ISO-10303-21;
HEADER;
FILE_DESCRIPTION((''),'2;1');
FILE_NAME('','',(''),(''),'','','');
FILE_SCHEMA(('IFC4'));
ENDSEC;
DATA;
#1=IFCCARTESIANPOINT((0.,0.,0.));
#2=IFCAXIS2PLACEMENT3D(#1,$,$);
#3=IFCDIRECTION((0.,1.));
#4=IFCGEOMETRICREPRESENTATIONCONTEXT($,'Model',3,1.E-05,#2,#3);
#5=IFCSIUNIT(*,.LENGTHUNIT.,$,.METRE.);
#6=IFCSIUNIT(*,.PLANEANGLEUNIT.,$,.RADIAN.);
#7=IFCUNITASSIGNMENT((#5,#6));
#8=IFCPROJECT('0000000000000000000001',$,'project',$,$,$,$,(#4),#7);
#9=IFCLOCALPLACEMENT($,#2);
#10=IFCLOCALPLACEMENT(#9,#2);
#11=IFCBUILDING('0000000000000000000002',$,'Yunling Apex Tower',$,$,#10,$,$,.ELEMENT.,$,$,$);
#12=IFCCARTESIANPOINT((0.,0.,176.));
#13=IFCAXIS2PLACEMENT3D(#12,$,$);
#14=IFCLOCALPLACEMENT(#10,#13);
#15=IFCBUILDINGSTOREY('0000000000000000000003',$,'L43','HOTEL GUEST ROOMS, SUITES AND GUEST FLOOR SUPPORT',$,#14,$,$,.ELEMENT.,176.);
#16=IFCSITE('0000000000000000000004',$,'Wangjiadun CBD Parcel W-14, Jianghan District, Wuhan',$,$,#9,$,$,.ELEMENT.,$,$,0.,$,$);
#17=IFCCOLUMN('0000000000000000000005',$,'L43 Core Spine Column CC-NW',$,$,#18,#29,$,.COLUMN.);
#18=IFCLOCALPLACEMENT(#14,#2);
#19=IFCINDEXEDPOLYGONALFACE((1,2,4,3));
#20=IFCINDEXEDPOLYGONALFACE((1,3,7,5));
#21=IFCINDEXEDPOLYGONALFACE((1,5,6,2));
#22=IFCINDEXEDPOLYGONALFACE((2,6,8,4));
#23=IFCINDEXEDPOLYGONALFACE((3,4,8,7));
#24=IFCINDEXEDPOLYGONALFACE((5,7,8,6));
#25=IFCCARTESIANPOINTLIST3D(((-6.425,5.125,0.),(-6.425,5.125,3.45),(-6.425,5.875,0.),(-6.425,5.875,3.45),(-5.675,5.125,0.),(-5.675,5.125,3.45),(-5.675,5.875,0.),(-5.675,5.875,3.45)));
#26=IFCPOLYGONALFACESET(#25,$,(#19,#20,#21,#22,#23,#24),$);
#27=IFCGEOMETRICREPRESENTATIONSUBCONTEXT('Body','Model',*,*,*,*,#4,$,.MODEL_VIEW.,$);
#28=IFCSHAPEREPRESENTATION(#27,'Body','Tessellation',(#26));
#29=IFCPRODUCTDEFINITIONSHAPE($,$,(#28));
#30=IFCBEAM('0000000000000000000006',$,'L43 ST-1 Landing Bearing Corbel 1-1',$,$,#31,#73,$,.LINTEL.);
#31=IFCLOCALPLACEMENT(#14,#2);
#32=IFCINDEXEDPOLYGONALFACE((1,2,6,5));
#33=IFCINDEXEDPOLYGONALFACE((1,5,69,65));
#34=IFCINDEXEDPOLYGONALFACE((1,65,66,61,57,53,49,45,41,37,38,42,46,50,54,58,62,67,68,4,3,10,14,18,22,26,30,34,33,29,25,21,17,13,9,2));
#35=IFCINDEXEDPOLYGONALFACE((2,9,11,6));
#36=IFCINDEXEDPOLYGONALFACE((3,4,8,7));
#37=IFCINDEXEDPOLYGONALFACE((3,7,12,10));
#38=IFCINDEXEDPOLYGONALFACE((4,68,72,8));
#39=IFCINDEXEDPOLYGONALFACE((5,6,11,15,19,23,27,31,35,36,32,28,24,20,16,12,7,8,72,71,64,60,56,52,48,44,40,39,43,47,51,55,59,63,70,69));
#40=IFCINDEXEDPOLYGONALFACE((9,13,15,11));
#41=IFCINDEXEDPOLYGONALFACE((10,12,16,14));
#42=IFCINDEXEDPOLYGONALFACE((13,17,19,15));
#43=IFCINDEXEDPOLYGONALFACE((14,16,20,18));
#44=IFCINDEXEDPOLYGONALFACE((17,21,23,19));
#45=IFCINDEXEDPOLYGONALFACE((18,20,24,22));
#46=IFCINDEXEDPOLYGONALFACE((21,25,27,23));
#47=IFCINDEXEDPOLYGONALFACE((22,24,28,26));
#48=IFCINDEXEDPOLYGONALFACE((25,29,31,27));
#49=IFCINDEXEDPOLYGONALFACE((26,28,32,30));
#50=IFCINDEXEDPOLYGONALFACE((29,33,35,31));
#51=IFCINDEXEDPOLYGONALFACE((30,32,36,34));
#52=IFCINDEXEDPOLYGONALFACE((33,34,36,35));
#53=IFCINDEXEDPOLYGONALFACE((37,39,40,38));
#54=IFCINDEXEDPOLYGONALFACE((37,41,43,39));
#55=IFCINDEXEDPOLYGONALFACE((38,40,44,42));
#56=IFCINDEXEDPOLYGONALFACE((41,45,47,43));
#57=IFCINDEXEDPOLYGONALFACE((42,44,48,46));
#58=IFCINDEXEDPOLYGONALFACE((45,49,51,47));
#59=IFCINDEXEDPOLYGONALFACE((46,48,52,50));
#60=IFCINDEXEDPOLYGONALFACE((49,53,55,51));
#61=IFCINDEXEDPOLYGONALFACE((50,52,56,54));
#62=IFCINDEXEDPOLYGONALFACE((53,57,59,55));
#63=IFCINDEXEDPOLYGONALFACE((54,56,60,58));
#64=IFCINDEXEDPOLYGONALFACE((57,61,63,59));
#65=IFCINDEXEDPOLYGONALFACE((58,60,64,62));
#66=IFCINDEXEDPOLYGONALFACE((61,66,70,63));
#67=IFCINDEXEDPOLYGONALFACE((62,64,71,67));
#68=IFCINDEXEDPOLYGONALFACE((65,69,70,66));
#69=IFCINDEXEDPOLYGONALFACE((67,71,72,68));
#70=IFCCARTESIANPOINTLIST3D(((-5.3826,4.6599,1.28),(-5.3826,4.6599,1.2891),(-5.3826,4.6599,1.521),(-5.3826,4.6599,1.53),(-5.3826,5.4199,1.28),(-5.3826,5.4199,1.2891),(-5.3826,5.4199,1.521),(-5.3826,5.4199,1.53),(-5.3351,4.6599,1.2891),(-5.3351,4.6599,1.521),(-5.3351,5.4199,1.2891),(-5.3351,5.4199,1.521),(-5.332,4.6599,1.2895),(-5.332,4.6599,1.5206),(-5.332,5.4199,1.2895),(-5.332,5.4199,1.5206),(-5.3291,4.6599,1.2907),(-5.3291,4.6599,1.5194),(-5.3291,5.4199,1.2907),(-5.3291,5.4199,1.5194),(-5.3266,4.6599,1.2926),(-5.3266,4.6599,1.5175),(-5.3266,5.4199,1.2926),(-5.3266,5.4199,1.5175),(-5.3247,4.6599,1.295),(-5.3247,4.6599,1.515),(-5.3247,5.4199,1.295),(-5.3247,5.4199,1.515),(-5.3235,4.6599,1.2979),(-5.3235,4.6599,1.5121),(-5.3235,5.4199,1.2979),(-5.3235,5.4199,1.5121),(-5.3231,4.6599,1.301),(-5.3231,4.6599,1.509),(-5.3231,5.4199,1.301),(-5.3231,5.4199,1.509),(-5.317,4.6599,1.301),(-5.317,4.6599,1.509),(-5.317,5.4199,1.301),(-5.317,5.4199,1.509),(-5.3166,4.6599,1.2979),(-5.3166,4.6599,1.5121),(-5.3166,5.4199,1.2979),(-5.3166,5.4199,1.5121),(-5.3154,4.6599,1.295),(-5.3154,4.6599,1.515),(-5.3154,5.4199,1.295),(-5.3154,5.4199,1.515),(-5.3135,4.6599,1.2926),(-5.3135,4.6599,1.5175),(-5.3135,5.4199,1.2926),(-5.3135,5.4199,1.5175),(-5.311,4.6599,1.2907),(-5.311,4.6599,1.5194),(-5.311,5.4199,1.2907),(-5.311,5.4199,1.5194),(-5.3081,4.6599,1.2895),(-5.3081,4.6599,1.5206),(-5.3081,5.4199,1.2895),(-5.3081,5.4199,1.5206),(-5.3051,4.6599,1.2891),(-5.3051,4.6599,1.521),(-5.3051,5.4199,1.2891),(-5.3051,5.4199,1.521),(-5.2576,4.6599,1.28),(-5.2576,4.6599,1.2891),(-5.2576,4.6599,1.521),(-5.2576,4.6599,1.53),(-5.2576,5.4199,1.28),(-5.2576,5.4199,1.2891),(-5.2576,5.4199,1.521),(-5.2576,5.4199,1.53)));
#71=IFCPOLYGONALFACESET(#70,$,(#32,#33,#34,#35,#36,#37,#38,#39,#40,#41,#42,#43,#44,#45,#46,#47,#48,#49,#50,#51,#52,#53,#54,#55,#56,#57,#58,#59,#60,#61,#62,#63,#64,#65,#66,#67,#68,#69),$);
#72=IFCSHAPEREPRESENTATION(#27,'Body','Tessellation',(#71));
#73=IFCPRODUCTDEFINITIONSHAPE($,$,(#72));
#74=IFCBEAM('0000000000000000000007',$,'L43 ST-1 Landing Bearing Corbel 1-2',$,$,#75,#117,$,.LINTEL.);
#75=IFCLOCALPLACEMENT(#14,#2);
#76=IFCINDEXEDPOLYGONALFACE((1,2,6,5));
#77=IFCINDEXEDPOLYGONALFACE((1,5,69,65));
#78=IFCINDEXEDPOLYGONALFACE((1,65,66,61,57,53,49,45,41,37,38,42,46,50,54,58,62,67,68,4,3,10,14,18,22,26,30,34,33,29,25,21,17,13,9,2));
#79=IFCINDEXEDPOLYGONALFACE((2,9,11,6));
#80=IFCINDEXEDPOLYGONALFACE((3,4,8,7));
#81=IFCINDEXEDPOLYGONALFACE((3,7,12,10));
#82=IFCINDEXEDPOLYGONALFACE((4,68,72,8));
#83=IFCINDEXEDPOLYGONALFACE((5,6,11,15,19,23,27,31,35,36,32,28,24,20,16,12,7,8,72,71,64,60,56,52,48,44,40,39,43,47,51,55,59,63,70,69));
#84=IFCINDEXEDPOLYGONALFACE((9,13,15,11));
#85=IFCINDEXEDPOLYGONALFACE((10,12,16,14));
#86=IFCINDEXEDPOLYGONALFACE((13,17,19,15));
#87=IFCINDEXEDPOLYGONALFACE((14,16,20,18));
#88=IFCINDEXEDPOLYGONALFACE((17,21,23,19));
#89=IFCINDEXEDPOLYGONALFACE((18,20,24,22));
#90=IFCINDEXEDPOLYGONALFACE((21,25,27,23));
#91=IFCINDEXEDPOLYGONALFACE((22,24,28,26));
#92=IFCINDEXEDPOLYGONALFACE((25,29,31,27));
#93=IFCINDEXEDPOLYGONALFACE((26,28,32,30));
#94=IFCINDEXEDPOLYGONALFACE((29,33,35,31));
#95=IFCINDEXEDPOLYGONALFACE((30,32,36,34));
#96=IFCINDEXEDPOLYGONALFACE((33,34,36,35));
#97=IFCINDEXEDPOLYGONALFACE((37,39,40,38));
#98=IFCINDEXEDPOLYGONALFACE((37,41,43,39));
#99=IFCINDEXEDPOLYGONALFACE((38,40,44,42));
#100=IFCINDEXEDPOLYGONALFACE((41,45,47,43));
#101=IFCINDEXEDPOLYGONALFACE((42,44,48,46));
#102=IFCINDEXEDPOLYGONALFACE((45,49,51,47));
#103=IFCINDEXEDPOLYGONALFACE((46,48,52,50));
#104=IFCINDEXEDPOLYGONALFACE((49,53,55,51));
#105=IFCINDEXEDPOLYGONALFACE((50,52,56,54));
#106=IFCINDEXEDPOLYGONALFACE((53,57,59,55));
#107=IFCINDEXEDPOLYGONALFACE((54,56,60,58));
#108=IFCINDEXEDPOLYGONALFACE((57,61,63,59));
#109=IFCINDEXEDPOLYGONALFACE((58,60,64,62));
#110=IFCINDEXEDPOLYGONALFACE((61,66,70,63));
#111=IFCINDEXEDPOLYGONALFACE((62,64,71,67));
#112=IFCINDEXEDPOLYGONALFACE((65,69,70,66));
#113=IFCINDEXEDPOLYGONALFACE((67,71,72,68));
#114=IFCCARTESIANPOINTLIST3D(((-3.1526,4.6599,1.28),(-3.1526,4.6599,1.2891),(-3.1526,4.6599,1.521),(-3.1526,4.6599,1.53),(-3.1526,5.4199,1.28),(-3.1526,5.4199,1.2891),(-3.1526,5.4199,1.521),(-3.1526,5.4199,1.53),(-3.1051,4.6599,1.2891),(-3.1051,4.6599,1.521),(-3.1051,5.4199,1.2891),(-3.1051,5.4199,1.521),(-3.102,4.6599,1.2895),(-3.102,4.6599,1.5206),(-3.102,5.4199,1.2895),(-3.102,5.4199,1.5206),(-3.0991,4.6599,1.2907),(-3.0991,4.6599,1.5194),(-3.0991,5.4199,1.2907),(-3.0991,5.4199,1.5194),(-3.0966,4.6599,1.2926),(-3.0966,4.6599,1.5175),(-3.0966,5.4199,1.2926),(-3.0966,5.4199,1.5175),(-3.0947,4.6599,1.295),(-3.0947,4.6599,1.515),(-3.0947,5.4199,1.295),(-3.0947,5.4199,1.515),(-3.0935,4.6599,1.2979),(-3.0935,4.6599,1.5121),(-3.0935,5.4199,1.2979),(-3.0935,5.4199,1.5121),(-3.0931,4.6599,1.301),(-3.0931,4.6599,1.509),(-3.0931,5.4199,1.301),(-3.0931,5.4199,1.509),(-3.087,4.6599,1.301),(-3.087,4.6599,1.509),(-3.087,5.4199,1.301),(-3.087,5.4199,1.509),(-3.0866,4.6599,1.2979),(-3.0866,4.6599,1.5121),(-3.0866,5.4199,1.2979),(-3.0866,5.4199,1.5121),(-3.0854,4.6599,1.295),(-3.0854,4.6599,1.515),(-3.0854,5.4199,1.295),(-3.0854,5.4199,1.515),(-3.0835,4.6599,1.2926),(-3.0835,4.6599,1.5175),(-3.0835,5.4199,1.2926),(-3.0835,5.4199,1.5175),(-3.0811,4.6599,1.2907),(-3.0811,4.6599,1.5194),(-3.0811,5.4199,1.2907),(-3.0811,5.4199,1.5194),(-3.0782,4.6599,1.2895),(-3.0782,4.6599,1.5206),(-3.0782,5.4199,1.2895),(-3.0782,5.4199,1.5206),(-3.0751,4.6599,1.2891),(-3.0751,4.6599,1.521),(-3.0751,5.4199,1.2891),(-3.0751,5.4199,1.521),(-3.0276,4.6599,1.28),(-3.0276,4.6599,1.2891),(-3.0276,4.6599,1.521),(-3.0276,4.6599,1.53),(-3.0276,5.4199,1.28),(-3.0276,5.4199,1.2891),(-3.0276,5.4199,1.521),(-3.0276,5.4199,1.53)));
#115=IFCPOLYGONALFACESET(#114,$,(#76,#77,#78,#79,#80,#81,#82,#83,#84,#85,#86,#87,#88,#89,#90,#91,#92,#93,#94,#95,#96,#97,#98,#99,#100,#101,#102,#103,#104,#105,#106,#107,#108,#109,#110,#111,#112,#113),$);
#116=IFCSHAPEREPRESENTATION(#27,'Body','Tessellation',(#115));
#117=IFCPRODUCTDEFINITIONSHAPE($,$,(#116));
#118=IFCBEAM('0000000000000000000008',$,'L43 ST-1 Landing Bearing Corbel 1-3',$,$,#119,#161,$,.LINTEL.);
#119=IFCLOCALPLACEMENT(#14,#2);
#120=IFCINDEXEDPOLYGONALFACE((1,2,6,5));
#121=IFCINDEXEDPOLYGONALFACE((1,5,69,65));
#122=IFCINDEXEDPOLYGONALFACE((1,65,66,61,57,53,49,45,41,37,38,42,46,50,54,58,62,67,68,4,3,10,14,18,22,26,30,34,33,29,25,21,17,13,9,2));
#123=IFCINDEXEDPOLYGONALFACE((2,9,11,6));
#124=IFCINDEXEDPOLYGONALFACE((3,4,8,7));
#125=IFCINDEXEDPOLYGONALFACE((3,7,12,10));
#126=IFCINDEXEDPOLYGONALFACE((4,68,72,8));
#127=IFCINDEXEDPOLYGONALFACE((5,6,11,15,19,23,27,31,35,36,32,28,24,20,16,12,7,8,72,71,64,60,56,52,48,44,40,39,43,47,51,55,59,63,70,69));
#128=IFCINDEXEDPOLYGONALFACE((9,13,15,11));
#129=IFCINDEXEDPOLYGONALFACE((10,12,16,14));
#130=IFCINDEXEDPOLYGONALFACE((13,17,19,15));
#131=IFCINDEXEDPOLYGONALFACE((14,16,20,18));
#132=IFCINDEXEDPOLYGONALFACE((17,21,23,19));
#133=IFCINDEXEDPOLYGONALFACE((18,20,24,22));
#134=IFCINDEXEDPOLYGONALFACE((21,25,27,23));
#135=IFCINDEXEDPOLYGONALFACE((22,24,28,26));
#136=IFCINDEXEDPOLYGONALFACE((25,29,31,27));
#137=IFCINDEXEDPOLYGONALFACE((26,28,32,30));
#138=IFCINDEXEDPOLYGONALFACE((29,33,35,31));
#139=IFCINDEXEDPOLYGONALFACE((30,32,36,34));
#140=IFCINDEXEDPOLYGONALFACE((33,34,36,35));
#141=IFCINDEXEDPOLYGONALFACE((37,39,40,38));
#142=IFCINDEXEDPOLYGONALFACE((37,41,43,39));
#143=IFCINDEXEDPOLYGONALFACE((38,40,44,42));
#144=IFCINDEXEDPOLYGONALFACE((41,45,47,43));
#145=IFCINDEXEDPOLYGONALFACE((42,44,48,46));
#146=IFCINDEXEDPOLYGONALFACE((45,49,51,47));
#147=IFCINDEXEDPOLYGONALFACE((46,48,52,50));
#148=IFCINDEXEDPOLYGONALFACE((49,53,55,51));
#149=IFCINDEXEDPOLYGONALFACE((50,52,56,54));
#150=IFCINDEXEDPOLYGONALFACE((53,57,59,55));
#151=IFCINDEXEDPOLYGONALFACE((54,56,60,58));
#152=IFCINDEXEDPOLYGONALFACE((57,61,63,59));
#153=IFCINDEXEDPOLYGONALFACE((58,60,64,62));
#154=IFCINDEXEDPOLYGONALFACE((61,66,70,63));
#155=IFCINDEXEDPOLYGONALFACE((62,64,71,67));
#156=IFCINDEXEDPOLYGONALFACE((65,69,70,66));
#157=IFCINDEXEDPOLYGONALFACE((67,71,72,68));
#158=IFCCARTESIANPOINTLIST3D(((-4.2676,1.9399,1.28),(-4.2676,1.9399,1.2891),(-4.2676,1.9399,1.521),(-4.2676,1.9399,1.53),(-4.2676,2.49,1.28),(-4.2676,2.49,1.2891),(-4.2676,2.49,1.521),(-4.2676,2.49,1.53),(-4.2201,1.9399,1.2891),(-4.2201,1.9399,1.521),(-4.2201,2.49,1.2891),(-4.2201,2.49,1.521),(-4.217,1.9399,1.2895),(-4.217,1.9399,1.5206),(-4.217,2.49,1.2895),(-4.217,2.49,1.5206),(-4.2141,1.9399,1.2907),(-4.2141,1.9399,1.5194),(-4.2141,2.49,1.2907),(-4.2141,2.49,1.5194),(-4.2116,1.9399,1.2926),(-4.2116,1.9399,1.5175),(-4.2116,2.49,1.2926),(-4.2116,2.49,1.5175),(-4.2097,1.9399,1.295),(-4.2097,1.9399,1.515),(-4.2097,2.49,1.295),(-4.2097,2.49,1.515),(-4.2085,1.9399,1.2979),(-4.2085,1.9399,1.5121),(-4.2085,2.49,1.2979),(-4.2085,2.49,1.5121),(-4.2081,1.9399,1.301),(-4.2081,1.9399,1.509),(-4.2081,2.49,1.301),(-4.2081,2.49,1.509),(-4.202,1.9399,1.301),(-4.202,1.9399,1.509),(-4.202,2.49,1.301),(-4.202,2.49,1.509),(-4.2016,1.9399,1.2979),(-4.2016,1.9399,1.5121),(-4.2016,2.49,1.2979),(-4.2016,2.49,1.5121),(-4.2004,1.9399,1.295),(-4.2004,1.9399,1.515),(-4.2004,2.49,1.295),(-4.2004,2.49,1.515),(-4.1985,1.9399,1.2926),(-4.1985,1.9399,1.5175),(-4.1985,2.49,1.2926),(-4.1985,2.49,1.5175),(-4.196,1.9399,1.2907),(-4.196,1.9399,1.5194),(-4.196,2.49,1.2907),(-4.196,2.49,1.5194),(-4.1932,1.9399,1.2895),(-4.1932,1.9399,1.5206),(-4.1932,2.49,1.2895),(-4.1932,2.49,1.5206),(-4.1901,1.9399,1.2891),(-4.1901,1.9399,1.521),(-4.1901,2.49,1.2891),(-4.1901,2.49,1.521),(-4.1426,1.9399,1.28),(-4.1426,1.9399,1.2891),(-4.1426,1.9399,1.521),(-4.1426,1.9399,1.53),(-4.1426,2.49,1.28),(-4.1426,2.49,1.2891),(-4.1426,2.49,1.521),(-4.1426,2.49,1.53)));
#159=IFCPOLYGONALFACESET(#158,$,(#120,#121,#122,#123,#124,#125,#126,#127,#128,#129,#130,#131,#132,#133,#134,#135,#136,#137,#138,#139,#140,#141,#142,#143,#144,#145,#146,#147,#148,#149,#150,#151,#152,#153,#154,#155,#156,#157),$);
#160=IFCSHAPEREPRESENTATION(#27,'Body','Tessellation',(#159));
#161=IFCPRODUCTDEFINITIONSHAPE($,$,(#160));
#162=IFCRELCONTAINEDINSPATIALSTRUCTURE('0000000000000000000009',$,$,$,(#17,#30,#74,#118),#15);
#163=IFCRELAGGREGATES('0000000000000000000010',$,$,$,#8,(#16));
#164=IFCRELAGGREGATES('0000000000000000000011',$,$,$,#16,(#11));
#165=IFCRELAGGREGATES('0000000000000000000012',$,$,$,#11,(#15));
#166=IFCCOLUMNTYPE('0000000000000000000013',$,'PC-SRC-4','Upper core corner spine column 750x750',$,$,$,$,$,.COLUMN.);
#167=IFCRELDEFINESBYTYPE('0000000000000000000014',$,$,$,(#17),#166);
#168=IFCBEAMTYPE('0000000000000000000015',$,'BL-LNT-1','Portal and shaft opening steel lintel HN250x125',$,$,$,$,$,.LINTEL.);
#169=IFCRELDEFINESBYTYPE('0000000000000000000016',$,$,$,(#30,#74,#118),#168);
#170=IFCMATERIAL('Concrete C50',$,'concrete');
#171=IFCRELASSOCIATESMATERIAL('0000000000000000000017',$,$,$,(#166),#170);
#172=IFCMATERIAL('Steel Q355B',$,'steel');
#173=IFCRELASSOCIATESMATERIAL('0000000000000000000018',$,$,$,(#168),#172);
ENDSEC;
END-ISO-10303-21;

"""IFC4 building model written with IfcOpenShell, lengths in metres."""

from ifc_helpers import new_model, si_unit, direction, frame, origin, origin_2d, place, context, subcontext, project, spatial, rectangle, i_section, extrude, source, transform, mapped, material, material_profile, profile_set, type_object, element, save


model = new_model("IFC4")

# Units and contexts
model_context = context("Model", 3, precision=1e-05, world=origin(), true_north=direction((0.0, 1.0)))
body_context = subcontext(model_context, "Body", "Model", "MODEL_VIEW")
ifc_project = project(units=[si_unit("LENGTHUNIT", "METRE"), si_unit("PLANEANGLEUNIT", "RADIAN")], contexts=[model_context])

# Site, building, storey
site_placement = place(None, origin())
site = spatial("IfcSite", under=ifc_project, at=site_placement, Name="Wangjiadun CBD Parcel W-14, Jianghan District, Wuhan", CompositionType="ELEMENT", RefElevation=0.0)
building_placement = place(site_placement, origin())
building = spatial("IfcBuilding", under=site, at=building_placement, Name="Yunling Apex Tower", CompositionType="ELEMENT")
storey_placement = place(building_placement, frame((0.0, 0.0, 176.0)))
storey = spatial("IfcBuildingStorey", under=building, at=storey_placement, Name="L43", Description="HOTEL GUEST ROOMS, SUITES AND GUEST FLOOR SUPPORT", CompositionType="ELEMENT", Elevation=176.0)

# Column
ifc_material_1 = material(Name="Concrete C50", Category="concrete")
ifc_material_profile_1 = material_profile(ifc_material_1, rectangle(XDim=0.75, YDim=0.75, at=origin_2d()))
ifc_profile_set_1 = profile_set([ifc_material_profile_1], Name="Concrete C50")
column_type = type_object("IfcColumnType", Name="PC-SRC-4", Description="Upper core corner spine column 750x750", PredefinedType="COLUMN", material=ifc_profile_set_1)
shared_shape_1 = source(origin(), body_context, "Body", "SweptSolid", [
    extrude(rectangle(XDim=0.75, YDim=0.75, at=origin_2d()), origin(), (0.0, 0.0, 1.0), 3.45),
])
column_placement = place(storey_placement, frame((-6.05, 5.5, 0.0), z_axis=(0.0, 0.0, 1.0), x_axis=(1.0, 0.0, 0.0)))
element("IfcColumn", 1, at=column_placement, inside=storey, type_object=column_type, Name="L43 Core Spine Column CC-NW", PredefinedType="COLUMN", context=body_context, shape_type="MappedRepresentation", body=[
    mapped(shared_shape_1, transform((0.0, 0.0, 0.0), scale=1.0)),
])

# Beams
ifc_material_2 = material(Name="Steel Q355B", Category="steel")
ifc_material_profile_2 = material_profile(ifc_material_2, i_section(OverallWidth=0.125, OverallDepth=0.25, WebThickness=0.0061, FlangeThickness=0.009, FilletRadius=0.012, at=origin_2d()))
ifc_profile_set_2 = profile_set([ifc_material_profile_2], Name="Steel Q355B")
beam_type_1 = type_object("IfcBeamType", Name="BL-LNT-1", Description="Portal and shaft opening steel lintel HN250x125", PredefinedType="LINTEL", material=ifc_profile_set_2)
shared_shape_2 = source(origin(), body_context, "Body", "SweptSolid", [
    extrude(i_section(OverallWidth=0.125, OverallDepth=0.25, WebThickness=0.0061, FlangeThickness=0.009, FilletRadius=0.012, at=origin_2d()), origin(), (0.0, 0.0, 1.0), 0.76),
])
for number, where, z_axis, x_axis, name in (
    (2, (-5.3201, 5.4199, 1.405), (0.0, -1.0, 0.0), (1.0, 0.0, 0.0), "L43 ST-1 Landing Bearing Corbel 1-1"),
    (3, (-3.0901, 5.4199, 1.405), (0.0, -1.0, 0.0), (1.0, 0.0, 0.0), "L43 ST-1 Landing Bearing Corbel 1-2"),
):
    element("IfcBeam", number, at=place(storey_placement, frame(where, z_axis=z_axis, x_axis=x_axis)), inside=storey, type_object=beam_type_1, Name=name, PredefinedType="LINTEL", context=body_context, shape_type="MappedRepresentation", body=[
        mapped(shared_shape_2, transform((0.0, 0.0, 0.0), scale=1.0)),
    ])
shared_shape_3 = source(origin(), body_context, "Body", "SweptSolid", [
    extrude(i_section(OverallWidth=0.125, OverallDepth=0.25, WebThickness=0.0061, FlangeThickness=0.009, FilletRadius=0.012, at=origin_2d()), origin(), (0.0, 0.0, 1.0), 0.55),
])
beam_1_placement = place(storey_placement, frame((-4.2051, 1.9399, 1.405), z_axis=(0.0, 1.0, 0.0), x_axis=(-1.0, 0.0, 0.0)))
element("IfcBeam", 4, at=beam_1_placement, inside=storey, type_object=beam_type_1, Name="L43 ST-1 Landing Bearing Corbel 1-3", PredefinedType="LINTEL", context=body_context, shape_type="MappedRepresentation", body=[
    mapped(shared_shape_3, transform((0.0, 0.0, 0.0), scale=1.0)),
])

save(model, "model.ifc")
